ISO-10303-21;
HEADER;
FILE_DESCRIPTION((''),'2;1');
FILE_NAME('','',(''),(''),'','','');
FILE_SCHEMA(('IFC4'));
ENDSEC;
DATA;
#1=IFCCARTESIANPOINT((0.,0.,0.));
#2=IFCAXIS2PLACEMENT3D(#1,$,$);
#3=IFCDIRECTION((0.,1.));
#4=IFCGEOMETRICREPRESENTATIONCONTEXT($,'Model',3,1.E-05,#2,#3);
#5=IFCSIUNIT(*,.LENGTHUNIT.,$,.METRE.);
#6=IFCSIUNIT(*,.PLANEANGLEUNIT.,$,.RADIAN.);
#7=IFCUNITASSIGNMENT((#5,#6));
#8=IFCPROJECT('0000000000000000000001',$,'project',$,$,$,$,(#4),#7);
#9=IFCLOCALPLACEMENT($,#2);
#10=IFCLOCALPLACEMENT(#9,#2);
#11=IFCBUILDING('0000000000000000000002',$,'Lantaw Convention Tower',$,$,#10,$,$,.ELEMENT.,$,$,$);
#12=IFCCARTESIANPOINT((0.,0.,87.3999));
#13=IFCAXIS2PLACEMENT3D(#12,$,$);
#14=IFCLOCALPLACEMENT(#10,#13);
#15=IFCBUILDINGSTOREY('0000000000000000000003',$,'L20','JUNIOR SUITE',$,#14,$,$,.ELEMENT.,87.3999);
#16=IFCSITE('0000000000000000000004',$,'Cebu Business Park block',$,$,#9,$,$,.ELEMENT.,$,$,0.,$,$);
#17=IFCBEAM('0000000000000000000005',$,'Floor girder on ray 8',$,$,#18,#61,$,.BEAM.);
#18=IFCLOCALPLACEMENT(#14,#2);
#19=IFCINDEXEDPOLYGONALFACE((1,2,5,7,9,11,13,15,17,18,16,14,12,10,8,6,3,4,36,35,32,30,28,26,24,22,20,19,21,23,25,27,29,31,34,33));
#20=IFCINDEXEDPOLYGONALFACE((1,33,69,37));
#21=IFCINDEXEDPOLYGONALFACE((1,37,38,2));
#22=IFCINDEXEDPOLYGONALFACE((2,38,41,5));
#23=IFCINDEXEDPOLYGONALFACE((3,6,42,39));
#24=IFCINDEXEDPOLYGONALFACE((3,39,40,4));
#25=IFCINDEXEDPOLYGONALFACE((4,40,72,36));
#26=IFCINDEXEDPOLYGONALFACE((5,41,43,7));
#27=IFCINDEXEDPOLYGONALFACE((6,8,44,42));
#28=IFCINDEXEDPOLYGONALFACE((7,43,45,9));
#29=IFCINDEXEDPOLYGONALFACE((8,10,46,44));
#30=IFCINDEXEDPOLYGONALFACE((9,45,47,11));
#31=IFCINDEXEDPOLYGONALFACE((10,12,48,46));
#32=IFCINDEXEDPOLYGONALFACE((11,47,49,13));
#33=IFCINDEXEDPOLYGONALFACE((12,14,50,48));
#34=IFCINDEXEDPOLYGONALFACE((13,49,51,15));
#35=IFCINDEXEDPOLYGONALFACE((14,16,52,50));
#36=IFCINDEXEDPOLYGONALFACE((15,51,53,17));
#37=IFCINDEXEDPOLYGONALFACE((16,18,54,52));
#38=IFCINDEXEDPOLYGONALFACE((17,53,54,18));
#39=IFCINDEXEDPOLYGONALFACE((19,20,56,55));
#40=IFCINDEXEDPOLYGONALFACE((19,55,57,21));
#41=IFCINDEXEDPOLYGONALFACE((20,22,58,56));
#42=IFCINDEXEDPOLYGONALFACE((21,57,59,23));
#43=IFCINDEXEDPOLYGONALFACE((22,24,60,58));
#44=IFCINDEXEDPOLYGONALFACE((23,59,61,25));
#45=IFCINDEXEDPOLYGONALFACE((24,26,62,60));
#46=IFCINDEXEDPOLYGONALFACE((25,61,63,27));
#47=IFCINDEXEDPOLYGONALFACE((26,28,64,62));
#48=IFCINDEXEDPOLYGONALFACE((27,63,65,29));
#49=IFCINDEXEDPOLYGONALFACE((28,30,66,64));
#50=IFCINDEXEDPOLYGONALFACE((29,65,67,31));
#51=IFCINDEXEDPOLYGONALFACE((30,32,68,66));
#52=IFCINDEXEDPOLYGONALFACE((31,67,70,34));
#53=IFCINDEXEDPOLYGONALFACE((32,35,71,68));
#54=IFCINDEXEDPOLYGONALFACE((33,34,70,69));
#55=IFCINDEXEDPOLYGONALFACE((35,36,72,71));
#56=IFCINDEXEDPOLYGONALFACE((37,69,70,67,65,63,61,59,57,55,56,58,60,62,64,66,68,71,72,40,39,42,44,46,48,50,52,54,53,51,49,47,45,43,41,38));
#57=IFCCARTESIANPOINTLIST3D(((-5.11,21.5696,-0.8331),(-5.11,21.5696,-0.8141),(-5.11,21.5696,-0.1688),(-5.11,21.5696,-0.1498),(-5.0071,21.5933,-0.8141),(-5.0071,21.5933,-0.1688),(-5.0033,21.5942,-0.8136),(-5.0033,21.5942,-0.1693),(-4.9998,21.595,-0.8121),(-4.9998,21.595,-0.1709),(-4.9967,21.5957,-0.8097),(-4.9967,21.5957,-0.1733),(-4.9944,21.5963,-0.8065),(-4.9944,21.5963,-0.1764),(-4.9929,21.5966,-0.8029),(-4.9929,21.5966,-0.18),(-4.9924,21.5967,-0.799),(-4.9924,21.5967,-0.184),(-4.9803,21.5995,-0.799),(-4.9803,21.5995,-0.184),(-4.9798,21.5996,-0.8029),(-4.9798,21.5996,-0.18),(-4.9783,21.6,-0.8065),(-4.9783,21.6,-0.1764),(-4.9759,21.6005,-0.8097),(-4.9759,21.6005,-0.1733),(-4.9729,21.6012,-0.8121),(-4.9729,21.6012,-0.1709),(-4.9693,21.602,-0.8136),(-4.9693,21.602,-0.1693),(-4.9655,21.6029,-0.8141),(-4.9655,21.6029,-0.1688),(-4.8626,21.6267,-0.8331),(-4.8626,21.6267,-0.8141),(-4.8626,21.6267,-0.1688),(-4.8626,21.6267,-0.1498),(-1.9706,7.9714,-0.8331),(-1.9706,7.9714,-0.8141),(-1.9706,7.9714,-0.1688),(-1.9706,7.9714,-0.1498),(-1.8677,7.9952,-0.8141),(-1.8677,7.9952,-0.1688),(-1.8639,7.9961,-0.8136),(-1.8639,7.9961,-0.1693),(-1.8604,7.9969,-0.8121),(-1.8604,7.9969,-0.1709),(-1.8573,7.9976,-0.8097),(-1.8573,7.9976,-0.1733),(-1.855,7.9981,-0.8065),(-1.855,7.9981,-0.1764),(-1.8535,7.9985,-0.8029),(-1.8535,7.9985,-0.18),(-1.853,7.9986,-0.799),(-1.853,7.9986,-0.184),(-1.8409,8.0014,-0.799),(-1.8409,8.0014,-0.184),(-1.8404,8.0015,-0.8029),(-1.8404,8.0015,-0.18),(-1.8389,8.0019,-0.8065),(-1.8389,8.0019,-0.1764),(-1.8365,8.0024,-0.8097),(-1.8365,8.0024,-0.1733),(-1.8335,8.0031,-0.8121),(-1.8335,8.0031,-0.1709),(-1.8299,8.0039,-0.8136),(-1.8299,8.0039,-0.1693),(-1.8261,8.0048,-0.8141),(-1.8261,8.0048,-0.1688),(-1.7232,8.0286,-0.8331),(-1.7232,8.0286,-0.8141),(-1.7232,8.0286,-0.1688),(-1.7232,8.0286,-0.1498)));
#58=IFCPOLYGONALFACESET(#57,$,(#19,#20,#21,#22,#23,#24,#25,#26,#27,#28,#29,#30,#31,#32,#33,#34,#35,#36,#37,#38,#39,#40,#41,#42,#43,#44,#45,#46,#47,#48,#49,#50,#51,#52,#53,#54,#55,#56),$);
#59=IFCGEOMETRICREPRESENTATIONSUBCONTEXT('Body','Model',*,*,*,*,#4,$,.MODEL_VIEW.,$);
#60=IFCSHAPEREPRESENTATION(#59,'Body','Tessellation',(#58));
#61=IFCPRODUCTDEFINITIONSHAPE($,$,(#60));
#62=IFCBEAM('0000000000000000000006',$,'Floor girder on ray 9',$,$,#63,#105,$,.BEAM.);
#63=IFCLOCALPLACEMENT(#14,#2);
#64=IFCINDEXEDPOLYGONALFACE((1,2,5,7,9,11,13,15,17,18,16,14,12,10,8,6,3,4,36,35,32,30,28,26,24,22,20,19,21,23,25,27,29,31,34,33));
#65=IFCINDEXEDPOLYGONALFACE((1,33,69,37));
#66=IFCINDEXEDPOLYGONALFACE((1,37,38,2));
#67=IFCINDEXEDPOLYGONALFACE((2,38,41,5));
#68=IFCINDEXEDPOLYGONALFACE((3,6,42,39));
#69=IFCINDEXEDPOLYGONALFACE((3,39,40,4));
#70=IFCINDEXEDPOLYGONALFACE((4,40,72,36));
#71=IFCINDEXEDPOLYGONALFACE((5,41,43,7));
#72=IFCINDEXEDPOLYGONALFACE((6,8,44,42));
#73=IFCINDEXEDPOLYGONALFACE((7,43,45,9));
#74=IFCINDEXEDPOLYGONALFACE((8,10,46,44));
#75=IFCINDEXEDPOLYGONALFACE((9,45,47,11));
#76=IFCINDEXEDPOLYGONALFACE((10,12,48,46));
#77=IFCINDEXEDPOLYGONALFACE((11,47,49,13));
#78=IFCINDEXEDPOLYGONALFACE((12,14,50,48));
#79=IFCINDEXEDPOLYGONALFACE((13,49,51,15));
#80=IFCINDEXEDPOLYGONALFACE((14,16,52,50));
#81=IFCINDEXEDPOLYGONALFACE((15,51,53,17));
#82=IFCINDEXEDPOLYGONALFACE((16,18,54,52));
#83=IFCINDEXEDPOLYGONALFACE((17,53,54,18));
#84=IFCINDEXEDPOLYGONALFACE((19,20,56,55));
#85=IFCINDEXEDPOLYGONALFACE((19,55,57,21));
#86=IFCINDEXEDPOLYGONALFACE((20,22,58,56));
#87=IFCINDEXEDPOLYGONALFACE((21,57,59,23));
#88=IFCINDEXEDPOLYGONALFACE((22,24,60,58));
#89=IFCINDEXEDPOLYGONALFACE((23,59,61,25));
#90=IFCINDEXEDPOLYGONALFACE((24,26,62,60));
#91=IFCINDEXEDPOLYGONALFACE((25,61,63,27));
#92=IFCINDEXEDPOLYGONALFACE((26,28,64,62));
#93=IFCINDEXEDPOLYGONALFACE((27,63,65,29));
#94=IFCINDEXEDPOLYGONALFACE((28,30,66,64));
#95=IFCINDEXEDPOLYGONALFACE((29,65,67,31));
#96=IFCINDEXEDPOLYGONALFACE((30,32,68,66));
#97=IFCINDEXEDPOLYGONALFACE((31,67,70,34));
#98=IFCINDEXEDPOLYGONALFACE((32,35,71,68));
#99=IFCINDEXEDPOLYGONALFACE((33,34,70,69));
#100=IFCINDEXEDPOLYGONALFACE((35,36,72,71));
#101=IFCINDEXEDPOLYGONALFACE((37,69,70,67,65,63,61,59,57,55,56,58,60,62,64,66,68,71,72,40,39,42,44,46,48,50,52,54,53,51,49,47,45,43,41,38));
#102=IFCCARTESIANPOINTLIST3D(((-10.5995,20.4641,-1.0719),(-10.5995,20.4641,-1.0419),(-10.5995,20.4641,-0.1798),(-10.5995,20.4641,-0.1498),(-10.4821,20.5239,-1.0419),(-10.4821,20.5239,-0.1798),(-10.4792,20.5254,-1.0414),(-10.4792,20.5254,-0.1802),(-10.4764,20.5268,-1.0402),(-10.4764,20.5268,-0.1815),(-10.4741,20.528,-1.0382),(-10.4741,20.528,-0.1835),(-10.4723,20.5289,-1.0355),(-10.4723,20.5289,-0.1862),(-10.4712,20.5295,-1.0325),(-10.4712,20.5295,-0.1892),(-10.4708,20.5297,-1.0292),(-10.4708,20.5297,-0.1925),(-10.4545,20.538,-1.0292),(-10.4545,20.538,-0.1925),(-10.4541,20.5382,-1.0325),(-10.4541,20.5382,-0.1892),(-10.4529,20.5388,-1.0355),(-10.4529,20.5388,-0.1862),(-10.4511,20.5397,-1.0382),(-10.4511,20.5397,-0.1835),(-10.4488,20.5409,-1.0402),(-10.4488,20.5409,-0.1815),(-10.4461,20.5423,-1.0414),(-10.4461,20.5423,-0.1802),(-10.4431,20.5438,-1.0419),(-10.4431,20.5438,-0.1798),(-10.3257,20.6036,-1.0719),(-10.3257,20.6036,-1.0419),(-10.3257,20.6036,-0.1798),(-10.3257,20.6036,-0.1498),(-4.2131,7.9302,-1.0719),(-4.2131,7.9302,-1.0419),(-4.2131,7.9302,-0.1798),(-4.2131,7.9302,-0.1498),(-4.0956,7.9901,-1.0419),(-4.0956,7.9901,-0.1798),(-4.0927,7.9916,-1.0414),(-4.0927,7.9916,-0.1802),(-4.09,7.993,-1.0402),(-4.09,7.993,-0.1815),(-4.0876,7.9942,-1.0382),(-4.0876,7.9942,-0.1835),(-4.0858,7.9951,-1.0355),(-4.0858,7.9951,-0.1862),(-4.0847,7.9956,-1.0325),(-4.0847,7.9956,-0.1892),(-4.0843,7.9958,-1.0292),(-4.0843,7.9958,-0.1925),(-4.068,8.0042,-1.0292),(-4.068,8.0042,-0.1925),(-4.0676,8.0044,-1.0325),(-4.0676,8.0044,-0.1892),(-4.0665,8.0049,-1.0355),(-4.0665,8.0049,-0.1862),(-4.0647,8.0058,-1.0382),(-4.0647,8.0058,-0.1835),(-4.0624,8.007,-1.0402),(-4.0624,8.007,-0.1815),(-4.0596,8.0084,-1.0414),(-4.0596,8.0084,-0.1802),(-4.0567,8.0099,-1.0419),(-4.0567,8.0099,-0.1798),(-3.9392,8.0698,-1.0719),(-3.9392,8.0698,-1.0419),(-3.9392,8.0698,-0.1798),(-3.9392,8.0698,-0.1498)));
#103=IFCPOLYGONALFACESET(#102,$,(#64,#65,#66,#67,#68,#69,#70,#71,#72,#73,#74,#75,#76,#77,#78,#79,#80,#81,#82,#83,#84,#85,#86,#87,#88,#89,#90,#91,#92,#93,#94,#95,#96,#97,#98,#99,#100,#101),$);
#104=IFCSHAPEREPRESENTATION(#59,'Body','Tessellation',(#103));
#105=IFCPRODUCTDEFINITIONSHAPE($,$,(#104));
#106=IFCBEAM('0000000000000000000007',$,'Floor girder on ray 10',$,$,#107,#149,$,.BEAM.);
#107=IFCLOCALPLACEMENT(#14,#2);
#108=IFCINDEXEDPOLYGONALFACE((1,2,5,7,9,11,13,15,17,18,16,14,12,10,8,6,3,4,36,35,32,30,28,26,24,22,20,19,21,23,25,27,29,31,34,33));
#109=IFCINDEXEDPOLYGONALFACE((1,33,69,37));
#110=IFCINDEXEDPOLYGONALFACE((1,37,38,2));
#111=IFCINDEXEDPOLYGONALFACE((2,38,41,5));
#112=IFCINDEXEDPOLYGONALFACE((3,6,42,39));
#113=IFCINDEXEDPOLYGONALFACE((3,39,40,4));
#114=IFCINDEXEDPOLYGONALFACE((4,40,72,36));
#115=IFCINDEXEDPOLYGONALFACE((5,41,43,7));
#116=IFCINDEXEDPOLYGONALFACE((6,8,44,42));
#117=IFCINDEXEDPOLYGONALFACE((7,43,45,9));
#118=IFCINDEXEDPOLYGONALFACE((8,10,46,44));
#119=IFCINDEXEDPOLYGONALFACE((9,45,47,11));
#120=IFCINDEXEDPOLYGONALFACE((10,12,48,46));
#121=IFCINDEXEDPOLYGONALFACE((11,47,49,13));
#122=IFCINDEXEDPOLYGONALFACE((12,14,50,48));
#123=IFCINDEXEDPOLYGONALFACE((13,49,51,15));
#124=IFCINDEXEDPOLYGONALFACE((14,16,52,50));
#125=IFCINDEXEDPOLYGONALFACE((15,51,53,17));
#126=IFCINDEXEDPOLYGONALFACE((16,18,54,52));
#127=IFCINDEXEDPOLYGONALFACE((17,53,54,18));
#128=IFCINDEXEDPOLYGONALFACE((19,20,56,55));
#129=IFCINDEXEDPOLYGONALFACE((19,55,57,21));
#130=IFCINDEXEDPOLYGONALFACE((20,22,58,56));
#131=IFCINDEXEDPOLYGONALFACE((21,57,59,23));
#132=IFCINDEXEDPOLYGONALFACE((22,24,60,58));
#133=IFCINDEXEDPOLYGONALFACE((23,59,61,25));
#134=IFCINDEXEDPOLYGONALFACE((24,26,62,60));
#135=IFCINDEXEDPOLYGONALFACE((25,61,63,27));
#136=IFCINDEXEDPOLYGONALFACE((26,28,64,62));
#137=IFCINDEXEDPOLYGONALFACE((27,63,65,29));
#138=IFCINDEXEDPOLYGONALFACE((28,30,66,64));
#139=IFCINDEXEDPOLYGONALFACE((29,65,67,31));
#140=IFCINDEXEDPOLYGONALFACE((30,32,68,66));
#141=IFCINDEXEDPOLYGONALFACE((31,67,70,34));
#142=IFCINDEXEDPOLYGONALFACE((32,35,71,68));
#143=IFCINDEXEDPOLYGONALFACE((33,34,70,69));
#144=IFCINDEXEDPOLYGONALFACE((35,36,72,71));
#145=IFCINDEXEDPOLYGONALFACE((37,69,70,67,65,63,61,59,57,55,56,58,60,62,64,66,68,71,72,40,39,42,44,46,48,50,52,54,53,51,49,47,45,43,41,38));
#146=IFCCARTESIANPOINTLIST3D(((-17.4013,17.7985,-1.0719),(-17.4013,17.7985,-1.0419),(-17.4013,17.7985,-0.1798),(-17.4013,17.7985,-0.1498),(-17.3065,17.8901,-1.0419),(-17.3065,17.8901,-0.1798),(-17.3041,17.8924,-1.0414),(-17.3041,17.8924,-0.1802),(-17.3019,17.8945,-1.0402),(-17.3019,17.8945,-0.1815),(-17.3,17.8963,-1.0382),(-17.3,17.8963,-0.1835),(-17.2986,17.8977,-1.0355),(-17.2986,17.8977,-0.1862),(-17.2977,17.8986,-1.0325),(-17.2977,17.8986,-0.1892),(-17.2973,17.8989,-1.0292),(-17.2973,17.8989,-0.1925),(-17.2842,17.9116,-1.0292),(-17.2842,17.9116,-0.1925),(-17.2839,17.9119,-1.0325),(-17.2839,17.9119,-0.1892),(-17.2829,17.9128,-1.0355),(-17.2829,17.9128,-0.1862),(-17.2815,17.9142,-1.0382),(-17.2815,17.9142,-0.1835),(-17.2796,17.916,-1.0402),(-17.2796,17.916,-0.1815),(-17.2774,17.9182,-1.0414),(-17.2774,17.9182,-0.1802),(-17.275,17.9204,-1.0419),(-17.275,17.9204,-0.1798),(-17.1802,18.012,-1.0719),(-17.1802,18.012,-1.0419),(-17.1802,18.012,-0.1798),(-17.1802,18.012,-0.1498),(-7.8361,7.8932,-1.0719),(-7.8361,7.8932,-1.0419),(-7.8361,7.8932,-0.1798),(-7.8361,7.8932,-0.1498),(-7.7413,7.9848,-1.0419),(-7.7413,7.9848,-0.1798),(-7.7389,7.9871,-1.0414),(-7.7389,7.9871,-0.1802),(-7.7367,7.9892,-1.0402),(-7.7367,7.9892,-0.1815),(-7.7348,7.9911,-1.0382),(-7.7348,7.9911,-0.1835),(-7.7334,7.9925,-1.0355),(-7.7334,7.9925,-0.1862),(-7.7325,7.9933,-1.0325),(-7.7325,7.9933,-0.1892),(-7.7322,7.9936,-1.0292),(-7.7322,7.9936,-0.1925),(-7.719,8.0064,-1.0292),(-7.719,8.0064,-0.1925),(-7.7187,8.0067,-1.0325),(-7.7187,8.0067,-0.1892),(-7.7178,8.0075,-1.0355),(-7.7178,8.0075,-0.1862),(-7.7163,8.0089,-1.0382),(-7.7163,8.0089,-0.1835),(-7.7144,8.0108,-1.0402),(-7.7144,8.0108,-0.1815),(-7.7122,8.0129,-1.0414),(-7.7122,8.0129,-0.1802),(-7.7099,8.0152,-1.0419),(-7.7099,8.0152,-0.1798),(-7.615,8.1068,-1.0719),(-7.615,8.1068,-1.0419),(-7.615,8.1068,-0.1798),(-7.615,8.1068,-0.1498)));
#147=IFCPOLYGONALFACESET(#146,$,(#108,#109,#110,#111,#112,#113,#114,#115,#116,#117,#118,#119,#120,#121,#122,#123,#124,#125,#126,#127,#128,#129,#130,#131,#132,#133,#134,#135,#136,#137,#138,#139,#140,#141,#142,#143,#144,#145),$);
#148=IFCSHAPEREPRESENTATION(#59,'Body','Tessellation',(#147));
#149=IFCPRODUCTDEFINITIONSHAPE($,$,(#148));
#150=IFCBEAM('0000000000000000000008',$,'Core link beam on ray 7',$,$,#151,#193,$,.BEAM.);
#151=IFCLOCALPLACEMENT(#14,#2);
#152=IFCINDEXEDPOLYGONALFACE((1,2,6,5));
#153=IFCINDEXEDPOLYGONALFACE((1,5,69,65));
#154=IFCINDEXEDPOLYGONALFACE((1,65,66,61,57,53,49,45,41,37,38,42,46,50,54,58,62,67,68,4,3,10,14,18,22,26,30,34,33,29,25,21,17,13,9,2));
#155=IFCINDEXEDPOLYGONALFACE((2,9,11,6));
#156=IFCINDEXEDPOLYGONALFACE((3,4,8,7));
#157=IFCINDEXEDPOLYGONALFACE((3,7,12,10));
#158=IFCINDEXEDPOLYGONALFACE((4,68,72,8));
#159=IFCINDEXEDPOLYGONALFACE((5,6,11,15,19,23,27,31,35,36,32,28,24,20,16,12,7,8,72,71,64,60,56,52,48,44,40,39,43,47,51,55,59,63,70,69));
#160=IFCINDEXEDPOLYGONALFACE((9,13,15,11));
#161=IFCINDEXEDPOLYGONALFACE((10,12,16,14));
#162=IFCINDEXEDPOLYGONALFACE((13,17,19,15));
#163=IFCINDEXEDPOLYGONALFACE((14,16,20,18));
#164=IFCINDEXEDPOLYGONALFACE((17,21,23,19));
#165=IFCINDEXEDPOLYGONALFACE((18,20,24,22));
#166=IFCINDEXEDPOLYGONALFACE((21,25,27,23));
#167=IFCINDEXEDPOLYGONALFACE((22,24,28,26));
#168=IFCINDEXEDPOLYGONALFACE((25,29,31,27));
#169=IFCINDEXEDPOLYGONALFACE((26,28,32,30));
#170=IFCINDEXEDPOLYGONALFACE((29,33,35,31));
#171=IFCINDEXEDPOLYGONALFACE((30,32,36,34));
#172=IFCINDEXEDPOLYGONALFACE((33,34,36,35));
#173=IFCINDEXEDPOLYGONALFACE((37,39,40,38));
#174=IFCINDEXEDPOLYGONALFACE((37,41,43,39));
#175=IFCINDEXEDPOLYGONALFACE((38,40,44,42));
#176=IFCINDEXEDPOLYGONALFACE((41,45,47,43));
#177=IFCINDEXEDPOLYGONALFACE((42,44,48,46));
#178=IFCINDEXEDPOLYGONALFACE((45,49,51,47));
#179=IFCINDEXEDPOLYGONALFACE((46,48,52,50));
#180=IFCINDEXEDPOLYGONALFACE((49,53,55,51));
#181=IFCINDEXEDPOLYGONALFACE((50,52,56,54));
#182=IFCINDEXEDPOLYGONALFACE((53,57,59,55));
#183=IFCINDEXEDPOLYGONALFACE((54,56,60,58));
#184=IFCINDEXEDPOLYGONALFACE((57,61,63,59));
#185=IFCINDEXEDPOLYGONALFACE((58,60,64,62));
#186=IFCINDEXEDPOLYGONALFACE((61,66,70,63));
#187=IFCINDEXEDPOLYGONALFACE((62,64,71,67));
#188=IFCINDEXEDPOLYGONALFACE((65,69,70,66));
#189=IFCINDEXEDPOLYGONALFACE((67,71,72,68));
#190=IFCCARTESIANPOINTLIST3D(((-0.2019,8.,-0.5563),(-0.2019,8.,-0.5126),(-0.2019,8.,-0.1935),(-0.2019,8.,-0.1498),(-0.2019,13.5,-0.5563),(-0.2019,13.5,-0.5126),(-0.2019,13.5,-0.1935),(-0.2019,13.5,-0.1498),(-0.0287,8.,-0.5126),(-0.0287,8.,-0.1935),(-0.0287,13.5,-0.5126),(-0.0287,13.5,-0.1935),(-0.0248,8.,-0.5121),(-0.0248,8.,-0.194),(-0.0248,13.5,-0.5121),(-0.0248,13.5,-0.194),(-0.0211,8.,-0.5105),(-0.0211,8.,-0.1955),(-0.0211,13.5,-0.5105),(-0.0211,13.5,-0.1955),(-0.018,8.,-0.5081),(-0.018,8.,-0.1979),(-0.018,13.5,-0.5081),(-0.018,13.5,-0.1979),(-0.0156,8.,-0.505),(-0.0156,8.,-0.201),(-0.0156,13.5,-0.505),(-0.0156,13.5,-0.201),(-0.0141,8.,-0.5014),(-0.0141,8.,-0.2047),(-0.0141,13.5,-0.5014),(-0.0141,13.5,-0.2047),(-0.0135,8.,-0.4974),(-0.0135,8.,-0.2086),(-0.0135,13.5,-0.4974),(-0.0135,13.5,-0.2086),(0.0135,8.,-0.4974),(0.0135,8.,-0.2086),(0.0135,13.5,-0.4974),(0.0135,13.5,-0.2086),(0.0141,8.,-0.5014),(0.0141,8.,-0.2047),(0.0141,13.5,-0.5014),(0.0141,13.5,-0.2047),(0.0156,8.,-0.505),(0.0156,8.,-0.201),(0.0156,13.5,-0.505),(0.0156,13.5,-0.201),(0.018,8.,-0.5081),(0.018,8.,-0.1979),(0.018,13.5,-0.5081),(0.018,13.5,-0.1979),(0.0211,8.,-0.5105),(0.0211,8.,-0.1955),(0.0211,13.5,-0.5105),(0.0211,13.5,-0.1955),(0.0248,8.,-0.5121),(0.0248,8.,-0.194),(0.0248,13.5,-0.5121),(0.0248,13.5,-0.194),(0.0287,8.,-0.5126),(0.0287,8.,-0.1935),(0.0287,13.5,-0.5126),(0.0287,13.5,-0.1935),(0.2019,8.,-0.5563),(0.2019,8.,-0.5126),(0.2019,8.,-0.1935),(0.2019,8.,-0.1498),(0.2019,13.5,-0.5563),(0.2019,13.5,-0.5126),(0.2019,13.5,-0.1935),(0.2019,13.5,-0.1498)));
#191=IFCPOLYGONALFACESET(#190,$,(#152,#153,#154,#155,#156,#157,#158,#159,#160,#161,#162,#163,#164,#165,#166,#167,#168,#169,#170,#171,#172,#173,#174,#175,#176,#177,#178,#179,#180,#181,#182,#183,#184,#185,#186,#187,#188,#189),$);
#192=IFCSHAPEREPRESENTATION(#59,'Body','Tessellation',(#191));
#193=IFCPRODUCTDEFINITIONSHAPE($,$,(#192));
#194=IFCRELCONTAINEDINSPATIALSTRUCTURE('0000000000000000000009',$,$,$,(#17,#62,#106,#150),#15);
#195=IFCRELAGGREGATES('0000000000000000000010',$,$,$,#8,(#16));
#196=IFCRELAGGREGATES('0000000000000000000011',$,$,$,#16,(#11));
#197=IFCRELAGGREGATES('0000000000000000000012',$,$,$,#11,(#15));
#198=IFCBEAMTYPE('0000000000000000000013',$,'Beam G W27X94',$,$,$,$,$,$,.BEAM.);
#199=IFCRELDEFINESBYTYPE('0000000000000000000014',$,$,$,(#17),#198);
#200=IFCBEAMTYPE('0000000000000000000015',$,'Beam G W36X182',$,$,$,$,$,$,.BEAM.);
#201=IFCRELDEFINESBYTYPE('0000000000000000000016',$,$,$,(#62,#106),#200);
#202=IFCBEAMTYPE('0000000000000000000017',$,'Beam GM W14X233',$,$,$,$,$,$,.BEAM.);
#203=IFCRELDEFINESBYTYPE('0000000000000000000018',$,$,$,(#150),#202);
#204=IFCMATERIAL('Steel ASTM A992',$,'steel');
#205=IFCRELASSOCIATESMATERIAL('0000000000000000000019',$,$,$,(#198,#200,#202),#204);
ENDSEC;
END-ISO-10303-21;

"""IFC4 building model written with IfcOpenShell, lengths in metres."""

from ifc_helpers import new_model, si_unit, direction, frame, origin, origin_2d, place, context, subcontext, project, spatial, i_section, extrude, material, material_profile, profile_set, type_object, element, save


model = new_model("IFC4")

# Units and contexts
model_context = context("Model", 3, precision=1e-05, world=origin(), true_north=direction((0.0, 1.0)))
body_context = subcontext(model_context, "Body", "Model", "MODEL_VIEW")
ifc_project = project(units=[si_unit("LENGTHUNIT", "METRE"), si_unit("PLANEANGLEUNIT", "RADIAN")], contexts=[model_context])

# Site, building, storey
site_placement = place(None, origin())
site = spatial("IfcSite", under=ifc_project, at=site_placement, Name="Cebu Business Park block", CompositionType="ELEMENT", RefElevation=0.0)
building_placement = place(site_placement, origin())
building = spatial("IfcBuilding", under=site, at=building_placement, Name="Lantaw Convention Tower", CompositionType="ELEMENT")
storey_placement = place(building_placement, frame((0.0, 0.0, 87.3999)))
storey = spatial("IfcBuildingStorey", under=building, at=storey_placement, Name="L20", Description="JUNIOR SUITE", CompositionType="ELEMENT", Elevation=87.3999)

# Beams
ifc_material_1 = material(Name="Steel ASTM A992", Category="steel")
ifc_material_profile_1 = material_profile(ifc_material_1, i_section(OverallWidth=0.2539, OverallDepth=0.6833, WebThickness=0.0125, FlangeThickness=0.019, FilletRadius=0.0151, at=origin_2d()), Name="W27X94")
ifc_profile_set_1 = profile_set([ifc_material_profile_1], Name="Steel ASTM A992")
beam_type_1 = type_object("IfcBeamType", Name="Beam G W27X94", PredefinedType="BEAM", material=ifc_profile_set_1)
beam_1_placement = place(storey_placement, frame((-1.8469, 8.0, -0.4915), z_axis=(-0.224953, 0.97437, 0.0), x_axis=(-0.97437, -0.224953, 0.0)))
element("IfcBeam", 1, at=beam_1_placement, inside=storey, type_object=beam_type_1, Name="Floor girder on ray 8", PredefinedType="BEAM", context=body_context, shape_type="SweptSolid", body=[
    extrude(i_section(OverallWidth=0.2539, OverallDepth=0.6833, WebThickness=0.0125, FlangeThickness=0.019, FilletRadius=0.0151, at=origin_2d()), origin(), (0.0, 0.0, 1.0), 13.9558),
])
ifc_material_profile_2 = material_profile(ifc_material_1, i_section(OverallWidth=0.3074, OverallDepth=0.9221, WebThickness=0.0183, FlangeThickness=0.03, FilletRadius=0.0127, at=origin_2d()), Name="W36X182")
ifc_profile_set_2 = profile_set([ifc_material_profile_2], Name="Steel ASTM A992")
beam_type_2 = type_object("IfcBeamType", Name="Beam G W36X182", PredefinedType="BEAM", material=ifc_profile_set_2)
beam_2_placement = place(storey_placement, frame((-4.0762, 8.0, -0.6108), z_axis=(-0.453997, 0.891003, 0.0), x_axis=(-0.891003, -0.453997, 0.0)))
element("IfcBeam", 2, at=beam_2_placement, inside=storey, type_object=beam_type_2, Name="Floor girder on ray 9", PredefinedType="BEAM", context=body_context, shape_type="SweptSolid", body=[
    extrude(i_section(OverallWidth=0.3074, OverallDepth=0.9221, WebThickness=0.0183, FlangeThickness=0.03, FilletRadius=0.0127, at=origin_2d()), origin(), (0.0, 0.0, 1.0), 14.0671),
])
beam_3_placement = place(storey_placement, frame((-7.7256, 8.0, -0.6108), z_axis=(-0.69465, 0.719348, 0.0), x_axis=(-0.719348, -0.69465, 0.0)))
element("IfcBeam", 3, at=beam_3_placement, inside=storey, type_object=beam_type_2, Name="Floor girder on ray 10", PredefinedType="BEAM", context=body_context, shape_type="SweptSolid", body=[
    extrude(i_section(OverallWidth=0.3074, OverallDepth=0.9221, WebThickness=0.0183, FlangeThickness=0.03, FilletRadius=0.0127, at=origin_2d()), origin(), (0.0, 0.0, 1.0), 13.7698),
])
ifc_material_profile_3 = material_profile(ifc_material_1, i_section(OverallWidth=0.4038, OverallDepth=0.4065, WebThickness=0.0271, FlangeThickness=0.0437, FilletRadius=0.0151, at=origin_2d()), Name="W14X233")
ifc_profile_set_3 = profile_set([ifc_material_profile_3], Name="Steel ASTM A992")
beam_type_3 = type_object("IfcBeamType", Name="Beam GM W14X233", PredefinedType="BEAM", material=ifc_profile_set_3)
beam_4_placement = place(storey_placement, frame((0.0, 8.0, -0.353), z_axis=(0.0, 1.0, 0.0), x_axis=(-1.0, 0.0, 0.0)))
element("IfcBeam", 4, at=beam_4_placement, inside=storey, type_object=beam_type_3, Name="Core link beam on ray 7", PredefinedType="BEAM", context=body_context, shape_type="SweptSolid", body=[
    extrude(i_section(OverallWidth=0.4038, OverallDepth=0.4065, WebThickness=0.0271, FlangeThickness=0.0437, FilletRadius=0.0151, at=origin_2d()), origin(), (0.0, 0.0, 1.0), 5.5),
])

save(model, "model.ifc")
